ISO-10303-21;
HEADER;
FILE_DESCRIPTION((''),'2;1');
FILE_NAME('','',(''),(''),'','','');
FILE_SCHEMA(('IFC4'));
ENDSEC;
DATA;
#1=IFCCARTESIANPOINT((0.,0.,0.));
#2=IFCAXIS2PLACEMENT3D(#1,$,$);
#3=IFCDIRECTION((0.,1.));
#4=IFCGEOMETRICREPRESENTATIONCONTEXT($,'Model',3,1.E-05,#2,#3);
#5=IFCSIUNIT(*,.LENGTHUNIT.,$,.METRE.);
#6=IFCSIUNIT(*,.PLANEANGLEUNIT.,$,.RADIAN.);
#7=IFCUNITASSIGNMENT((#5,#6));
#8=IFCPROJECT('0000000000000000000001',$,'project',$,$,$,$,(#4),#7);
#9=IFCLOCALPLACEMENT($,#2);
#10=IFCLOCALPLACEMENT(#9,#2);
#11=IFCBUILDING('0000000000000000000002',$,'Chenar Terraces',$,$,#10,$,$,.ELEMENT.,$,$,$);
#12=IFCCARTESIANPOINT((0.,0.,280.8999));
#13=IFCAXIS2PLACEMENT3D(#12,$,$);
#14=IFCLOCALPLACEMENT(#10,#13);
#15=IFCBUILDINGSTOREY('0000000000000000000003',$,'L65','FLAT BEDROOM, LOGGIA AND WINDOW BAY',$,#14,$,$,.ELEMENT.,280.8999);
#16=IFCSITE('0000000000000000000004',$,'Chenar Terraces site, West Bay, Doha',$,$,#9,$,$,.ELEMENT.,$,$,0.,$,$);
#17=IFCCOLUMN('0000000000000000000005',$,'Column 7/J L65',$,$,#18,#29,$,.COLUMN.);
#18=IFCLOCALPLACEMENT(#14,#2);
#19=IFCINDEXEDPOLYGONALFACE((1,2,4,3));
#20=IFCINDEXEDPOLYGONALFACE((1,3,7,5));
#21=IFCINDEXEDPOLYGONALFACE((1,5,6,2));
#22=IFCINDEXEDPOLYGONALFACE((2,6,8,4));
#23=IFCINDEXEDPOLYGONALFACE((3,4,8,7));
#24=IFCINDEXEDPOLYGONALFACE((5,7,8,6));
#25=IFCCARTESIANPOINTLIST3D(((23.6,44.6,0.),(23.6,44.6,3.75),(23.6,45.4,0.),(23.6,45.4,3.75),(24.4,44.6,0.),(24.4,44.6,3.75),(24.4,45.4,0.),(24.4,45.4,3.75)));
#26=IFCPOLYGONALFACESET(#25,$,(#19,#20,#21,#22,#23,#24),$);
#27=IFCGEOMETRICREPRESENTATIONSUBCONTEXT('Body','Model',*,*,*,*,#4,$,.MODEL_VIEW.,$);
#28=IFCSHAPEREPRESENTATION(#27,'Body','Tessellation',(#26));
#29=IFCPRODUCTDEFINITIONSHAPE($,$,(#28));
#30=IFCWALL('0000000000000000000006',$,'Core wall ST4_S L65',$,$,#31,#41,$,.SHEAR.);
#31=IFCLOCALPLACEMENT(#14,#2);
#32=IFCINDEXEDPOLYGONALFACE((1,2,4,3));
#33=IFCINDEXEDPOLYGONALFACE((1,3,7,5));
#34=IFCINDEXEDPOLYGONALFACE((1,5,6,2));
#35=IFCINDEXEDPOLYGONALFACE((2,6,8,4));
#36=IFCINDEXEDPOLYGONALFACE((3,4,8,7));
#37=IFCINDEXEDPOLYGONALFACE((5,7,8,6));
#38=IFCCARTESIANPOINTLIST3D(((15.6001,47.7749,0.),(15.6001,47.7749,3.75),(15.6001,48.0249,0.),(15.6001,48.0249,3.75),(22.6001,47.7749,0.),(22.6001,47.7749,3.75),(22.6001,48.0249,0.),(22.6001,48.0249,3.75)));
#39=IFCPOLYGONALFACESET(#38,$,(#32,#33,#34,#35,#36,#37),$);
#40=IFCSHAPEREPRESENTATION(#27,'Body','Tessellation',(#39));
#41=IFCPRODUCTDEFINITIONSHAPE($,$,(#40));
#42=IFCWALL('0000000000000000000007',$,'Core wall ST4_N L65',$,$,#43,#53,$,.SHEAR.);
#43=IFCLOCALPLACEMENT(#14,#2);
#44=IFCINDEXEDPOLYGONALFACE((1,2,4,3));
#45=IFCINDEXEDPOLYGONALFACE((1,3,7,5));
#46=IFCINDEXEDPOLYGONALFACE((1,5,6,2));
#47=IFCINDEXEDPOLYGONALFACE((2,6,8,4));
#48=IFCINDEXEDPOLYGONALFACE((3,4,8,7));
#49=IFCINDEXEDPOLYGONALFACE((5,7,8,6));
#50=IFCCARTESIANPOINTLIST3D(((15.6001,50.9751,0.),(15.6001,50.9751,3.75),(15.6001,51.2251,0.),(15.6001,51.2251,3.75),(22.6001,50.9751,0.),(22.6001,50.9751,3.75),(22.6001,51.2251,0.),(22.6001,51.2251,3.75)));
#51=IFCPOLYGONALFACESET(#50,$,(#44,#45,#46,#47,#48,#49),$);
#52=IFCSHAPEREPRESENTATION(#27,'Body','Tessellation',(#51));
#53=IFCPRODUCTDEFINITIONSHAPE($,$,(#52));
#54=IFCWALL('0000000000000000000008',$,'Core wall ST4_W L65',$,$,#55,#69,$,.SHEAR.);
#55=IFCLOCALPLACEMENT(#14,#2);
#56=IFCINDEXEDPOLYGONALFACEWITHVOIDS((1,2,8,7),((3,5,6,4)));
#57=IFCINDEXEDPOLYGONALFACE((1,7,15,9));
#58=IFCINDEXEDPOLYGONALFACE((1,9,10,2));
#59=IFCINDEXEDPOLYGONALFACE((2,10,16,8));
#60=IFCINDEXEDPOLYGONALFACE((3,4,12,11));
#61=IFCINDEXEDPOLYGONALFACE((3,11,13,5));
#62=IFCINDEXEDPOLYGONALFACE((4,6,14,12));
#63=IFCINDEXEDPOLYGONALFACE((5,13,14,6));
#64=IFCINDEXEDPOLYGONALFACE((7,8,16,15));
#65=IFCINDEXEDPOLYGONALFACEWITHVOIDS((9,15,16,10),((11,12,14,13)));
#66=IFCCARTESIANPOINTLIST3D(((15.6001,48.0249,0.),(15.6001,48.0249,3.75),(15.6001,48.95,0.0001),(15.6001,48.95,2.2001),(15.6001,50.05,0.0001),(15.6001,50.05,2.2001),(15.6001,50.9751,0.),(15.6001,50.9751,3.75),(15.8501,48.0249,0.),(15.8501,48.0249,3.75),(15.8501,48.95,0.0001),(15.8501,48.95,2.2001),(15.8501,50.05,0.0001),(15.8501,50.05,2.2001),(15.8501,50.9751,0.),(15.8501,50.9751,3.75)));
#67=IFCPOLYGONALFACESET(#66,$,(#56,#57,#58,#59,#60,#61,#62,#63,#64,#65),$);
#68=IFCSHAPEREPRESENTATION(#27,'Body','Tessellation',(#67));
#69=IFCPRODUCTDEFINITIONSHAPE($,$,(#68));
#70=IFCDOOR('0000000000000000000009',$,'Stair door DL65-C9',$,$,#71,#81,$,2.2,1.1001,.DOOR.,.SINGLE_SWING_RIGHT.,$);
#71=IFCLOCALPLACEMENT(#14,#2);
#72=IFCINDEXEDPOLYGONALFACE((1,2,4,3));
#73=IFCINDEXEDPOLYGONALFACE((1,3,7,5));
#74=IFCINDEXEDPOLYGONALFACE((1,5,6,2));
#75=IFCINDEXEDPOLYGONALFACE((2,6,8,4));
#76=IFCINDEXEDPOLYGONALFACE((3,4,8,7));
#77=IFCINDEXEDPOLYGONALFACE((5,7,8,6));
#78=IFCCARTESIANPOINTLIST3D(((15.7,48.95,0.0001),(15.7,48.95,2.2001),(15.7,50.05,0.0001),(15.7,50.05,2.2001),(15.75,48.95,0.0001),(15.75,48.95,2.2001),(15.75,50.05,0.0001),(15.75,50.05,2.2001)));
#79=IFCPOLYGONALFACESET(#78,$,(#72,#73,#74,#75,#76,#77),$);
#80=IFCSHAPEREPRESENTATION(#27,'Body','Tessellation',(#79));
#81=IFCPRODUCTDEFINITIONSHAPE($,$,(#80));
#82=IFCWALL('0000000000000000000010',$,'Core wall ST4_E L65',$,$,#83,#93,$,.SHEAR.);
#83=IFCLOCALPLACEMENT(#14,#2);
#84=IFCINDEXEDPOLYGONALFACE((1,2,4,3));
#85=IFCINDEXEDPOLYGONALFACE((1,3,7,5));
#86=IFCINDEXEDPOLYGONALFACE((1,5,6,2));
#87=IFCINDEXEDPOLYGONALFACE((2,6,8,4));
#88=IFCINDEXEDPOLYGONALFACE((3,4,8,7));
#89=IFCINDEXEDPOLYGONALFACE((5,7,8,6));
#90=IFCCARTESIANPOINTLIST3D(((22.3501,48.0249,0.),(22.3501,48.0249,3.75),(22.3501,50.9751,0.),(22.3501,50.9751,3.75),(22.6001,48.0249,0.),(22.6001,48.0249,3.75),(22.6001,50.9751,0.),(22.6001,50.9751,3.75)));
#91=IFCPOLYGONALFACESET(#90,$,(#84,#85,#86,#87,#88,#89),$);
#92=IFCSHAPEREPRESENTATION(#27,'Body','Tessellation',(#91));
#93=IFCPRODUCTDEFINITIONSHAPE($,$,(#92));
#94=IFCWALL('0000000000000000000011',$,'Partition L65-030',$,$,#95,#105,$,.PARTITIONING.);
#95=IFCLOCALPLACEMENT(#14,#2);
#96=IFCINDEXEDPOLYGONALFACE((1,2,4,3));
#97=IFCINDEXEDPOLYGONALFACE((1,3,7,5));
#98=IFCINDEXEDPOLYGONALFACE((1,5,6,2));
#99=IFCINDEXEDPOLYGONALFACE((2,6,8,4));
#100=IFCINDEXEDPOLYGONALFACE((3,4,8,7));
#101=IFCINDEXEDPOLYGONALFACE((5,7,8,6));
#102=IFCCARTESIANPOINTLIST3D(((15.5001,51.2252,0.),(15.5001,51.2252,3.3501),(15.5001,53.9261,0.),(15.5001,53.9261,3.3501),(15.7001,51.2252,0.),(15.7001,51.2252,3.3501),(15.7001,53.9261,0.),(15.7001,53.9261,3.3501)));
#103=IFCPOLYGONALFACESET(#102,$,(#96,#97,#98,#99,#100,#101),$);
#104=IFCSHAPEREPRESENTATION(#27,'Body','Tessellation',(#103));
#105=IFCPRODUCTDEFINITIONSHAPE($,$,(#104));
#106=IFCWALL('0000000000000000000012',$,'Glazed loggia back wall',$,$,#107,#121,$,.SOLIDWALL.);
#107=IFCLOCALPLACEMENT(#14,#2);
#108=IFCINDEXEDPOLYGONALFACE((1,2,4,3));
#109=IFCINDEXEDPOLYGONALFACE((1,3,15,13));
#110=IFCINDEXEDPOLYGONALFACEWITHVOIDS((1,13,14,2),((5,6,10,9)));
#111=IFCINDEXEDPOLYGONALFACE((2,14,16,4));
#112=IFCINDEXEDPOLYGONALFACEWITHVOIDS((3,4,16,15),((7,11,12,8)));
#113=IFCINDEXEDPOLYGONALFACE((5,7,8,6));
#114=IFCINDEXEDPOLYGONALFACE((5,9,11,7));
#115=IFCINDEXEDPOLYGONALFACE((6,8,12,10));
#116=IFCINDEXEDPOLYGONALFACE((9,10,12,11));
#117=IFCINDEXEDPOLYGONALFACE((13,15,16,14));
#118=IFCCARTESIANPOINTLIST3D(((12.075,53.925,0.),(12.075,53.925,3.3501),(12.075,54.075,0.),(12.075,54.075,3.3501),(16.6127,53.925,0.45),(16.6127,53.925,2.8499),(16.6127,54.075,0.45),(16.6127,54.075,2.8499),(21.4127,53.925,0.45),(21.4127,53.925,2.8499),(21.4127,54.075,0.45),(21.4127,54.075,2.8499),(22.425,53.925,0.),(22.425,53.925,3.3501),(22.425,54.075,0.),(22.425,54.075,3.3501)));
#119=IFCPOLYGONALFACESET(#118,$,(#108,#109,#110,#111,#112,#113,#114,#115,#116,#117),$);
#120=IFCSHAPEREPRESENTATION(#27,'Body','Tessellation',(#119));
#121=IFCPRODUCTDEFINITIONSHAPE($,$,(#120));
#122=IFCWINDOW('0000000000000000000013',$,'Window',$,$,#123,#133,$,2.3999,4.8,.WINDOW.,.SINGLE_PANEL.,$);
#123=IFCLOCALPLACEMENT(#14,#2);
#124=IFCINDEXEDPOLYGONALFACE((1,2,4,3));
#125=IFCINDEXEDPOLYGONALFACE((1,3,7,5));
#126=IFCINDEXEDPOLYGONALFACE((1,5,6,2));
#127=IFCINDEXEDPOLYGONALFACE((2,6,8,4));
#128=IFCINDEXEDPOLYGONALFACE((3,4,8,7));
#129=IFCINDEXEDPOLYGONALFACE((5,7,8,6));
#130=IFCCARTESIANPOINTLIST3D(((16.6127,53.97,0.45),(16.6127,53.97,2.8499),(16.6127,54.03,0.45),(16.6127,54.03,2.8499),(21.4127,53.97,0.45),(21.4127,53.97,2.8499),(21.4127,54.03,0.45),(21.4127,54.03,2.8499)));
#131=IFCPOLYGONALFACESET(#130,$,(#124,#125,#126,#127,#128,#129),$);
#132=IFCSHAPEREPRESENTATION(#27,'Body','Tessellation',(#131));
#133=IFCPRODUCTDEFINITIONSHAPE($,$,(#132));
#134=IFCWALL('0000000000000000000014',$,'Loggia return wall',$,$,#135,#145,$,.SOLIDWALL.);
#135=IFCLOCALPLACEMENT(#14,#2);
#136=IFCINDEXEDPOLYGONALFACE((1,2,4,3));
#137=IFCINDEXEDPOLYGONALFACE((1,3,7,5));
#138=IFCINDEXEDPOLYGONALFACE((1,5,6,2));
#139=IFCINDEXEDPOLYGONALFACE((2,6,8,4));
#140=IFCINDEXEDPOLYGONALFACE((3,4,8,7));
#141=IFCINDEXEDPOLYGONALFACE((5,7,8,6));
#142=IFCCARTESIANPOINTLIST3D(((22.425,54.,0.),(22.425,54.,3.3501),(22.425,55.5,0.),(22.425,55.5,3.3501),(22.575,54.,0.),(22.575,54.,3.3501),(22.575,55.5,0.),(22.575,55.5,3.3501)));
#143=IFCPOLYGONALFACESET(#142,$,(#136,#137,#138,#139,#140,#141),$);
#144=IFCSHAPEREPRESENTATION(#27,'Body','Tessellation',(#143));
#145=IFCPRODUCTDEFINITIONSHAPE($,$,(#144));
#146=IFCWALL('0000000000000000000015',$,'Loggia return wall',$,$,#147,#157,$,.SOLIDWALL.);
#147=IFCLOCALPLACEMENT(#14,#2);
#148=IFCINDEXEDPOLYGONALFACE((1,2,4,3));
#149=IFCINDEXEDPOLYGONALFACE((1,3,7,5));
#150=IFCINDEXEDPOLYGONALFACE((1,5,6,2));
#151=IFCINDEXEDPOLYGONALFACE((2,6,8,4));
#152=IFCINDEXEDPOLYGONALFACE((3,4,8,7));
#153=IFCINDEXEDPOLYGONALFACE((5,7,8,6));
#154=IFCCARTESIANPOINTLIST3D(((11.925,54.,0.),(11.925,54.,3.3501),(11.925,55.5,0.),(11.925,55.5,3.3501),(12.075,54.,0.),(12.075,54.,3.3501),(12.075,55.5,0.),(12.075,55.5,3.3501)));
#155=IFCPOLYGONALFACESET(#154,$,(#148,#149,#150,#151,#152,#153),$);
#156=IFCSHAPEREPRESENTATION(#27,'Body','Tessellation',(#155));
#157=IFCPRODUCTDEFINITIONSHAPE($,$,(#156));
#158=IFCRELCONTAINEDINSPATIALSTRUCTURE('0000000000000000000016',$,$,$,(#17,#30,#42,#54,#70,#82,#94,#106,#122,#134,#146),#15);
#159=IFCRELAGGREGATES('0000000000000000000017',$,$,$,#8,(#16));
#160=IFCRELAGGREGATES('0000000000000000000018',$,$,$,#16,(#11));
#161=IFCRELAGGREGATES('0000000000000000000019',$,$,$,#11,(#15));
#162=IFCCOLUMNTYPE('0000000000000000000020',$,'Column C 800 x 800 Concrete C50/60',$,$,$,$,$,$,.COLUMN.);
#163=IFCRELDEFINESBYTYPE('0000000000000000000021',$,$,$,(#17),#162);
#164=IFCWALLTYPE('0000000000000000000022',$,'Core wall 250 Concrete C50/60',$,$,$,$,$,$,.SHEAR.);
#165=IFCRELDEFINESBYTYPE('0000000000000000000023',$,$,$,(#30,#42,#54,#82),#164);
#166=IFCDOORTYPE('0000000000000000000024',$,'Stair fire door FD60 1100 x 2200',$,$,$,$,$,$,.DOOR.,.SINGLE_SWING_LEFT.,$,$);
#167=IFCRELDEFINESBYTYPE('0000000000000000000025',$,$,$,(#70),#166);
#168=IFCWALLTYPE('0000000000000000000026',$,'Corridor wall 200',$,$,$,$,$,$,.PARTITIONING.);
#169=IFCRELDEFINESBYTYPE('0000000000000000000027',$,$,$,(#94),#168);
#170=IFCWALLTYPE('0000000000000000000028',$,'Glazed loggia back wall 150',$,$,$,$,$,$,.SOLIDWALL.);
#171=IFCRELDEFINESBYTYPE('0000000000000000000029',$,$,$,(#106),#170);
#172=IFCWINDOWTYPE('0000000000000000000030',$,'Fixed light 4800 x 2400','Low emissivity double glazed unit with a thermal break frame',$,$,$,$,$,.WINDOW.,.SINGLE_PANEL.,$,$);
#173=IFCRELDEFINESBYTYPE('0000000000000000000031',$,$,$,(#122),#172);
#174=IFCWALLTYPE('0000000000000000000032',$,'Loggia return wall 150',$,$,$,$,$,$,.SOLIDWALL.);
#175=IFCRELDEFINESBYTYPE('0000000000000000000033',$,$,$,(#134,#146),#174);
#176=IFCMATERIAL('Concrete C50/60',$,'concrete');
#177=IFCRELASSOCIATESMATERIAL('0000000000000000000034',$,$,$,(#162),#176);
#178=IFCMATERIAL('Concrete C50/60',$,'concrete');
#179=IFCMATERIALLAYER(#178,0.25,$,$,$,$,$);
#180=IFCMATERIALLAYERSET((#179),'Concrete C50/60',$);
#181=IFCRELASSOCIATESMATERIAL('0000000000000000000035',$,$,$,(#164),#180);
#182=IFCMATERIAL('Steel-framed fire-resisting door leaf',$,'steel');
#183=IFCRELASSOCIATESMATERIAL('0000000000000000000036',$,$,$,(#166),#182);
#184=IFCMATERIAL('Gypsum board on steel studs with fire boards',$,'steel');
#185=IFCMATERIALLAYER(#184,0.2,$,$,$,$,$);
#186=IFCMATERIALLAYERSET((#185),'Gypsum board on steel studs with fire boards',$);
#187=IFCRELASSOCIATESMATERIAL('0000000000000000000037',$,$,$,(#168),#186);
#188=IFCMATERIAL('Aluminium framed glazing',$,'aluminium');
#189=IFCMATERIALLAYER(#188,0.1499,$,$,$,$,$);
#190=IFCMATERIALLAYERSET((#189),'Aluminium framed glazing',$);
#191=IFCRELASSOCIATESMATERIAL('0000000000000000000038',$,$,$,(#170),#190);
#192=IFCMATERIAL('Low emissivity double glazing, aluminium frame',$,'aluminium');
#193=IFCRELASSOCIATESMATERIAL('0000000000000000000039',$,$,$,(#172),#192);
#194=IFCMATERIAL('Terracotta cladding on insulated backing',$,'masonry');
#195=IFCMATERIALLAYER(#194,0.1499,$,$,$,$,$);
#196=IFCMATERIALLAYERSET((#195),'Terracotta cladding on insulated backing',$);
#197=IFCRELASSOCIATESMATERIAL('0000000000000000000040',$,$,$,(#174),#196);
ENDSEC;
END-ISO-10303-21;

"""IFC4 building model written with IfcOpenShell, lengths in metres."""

from ifc_helpers import new_model, si_unit, direction, frame, frame_2d, origin, origin_2d, place, context, subcontext, project, spatial, rectangle, extrude, material, layer, layer_set, material_profile, profile_set, type_object, element, fill, save


model = new_model("IFC4")

# Units and contexts
model_context = context("Model", 3, precision=1e-05, world=origin(), true_north=direction((0.0, 1.0)))
body_context = subcontext(model_context, "Body", "Model", "MODEL_VIEW")
ifc_project = project(units=[si_unit("LENGTHUNIT", "METRE"), si_unit("PLANEANGLEUNIT", "RADIAN")], contexts=[model_context])

# Site, building, storey
site_placement = place(None, origin())
site = spatial("IfcSite", under=ifc_project, at=site_placement, Name="Chenar Terraces site, West Bay, Doha", CompositionType="ELEMENT", RefElevation=0.0)
building_placement = place(site_placement, origin())
building = spatial("IfcBuilding", under=site, at=building_placement, Name="Chenar Terraces", CompositionType="ELEMENT")
storey_placement = place(building_placement, frame((0.0, 0.0, 280.8999)))
storey = spatial("IfcBuildingStorey", under=building, at=storey_placement, Name="L65", Description="FLAT BEDROOM, LOGGIA AND WINDOW BAY", CompositionType="ELEMENT", Elevation=280.8999)

# Column
ifc_material_1 = material(Name="Concrete C50/60", Category="concrete")
ifc_material_profile_1 = material_profile(ifc_material_1, rectangle(XDim=0.8, YDim=0.8, at=origin_2d()), Name="C 800 x 800")
ifc_profile_set_1 = profile_set([ifc_material_profile_1], Name="Concrete C50/60")
column_type = type_object("IfcColumnType", Name="Column C 800 x 800 Concrete C50/60", PredefinedType="COLUMN", material=ifc_profile_set_1)
column_placement = place(storey_placement, frame((24.0, 45.0, 0.0), z_axis=(0.0, 0.0, 1.0), x_axis=(1.0, 0.0, 0.0)))
element("IfcColumn", 1, at=column_placement, inside=storey, type_object=column_type, Name="Column 7/J L65", PredefinedType="COLUMN", context=body_context, shape_type="SweptSolid", body=[
    extrude(rectangle(XDim=0.8, YDim=0.8, at=origin_2d()), origin(), (0.0, 0.0, 1.0), 3.75),
])

# Walls
ifc_material_2 = material(Name="Concrete C50/60", Category="concrete")
ifc_layer_1 = layer(ifc_material_2, 0.25)
ifc_layer_set_1 = layer_set([ifc_layer_1], Name="Concrete C50/60")
wall_type_1 = type_object("IfcWallType", Name="Core wall 250 Concrete C50/60", PredefinedType="SHEAR", material=ifc_layer_set_1)
for number, where, z_axis, x_axis, name in (
    (2, (15.6001, 47.8999, 0.0), (0.0, 0.0, 1.0), (1.0, 0.0, 0.0), "Core wall ST4_S L65"),
    (3, (15.6001, 51.1001, 0.0), (0.0, 0.0, 1.0), (1.0, 0.0, 0.0), "Core wall ST4_N L65"),
):
    element("IfcWall", number, at=place(storey_placement, frame(where, z_axis=z_axis, x_axis=x_axis)), inside=storey, type_object=wall_type_1, Name=name, PredefinedType="SHEAR", context=body_context, shape_type="SweptSolid", body=[
        extrude(rectangle(XDim=7.0, YDim=0.25, at=frame_2d((3.5, 0.0))), origin(), (0.0, 0.0, 1.0), 3.75),
    ])

# Wall, opening, door
wall_1_placement = place(storey_placement, frame((15.7251, 48.0249, 0.0), z_axis=(0.0, 0.0, 1.0), x_axis=(0.0, 1.0, 0.0)))
wall_1 = element("IfcWall", 4, at=wall_1_placement, inside=storey, type_object=wall_type_1, Name="Core wall ST4_W L65", PredefinedType="SHEAR", context=body_context, shape_type="SweptSolid", body=[
    extrude(rectangle(XDim=2.9502, YDim=0.25, at=frame_2d((1.4751, 0.0))), origin(), (0.0, 0.0, 1.0), 3.75),
])
opening_1_placement = place(wall_1_placement, frame((0.925, 0.0, 0.0)))
opening_1 = element("IfcOpeningElement", 5, at=opening_1_placement, cuts=wall_1, PredefinedType="OPENING", context=body_context, shape_type="SweptSolid", body=[
    extrude(rectangle(XDim=1.1001, YDim=2.2, at=frame_2d((0.55, 1.1001))), frame((0.0, 0.135, 0.0), z_axis=(0.0, -1.0, 0.0), x_axis=(1.0, 0.0, 0.0)), (0.0, 0.0, 1.0), 0.27),
])
ifc_material_3 = material(Name="Steel-framed fire-resisting door leaf", Category="steel")
door_type = type_object("IfcDoorType", Name="Stair fire door FD60 1100 x 2200", OperationType="SINGLE_SWING_LEFT", PredefinedType="DOOR", material=ifc_material_3)
door_placement = place(opening_1_placement, frame((1.1001, 0.0, 0.0), z_axis=(0.0, 0.0, 1.0), x_axis=(-1.0, 0.0, 0.0)))
door = element("IfcDoor", 6, at=door_placement, inside=storey, type_object=door_type, Name="Stair door DL65-C9", OperationType="SINGLE_SWING_RIGHT", OverallHeight=2.2, OverallWidth=1.1001, PredefinedType="DOOR", context=body_context, shape_type="SweptSolid", body=[
    extrude(rectangle(XDim=1.1001, YDim=2.2, at=frame_2d((0.55, 1.1001))), frame((0.0, 0.0249, 0.0), z_axis=(0.0, -1.0, 0.0), x_axis=(1.0, 0.0, 0.0)), (0.0, 0.0, 1.0), 0.05),
])
fill(opening_1, door)

# Walls
wall_2_placement = place(storey_placement, frame((22.4751, 48.0249, 0.0), z_axis=(0.0, 0.0, 1.0), x_axis=(0.0, 1.0, 0.0)))
element("IfcWall", 7, at=wall_2_placement, inside=storey, type_object=wall_type_1, Name="Core wall ST4_E L65", PredefinedType="SHEAR", context=body_context, shape_type="SweptSolid", body=[
    extrude(rectangle(XDim=2.9502, YDim=0.25, at=frame_2d((1.4751, 0.0))), origin(), (0.0, 0.0, 1.0), 3.75),
])
ifc_material_4 = material(Name="Gypsum board on steel studs with fire boards", Category="steel")
ifc_layer_2 = layer(ifc_material_4, 0.2)
ifc_layer_set_2 = layer_set([ifc_layer_2], Name="Gypsum board on steel studs with fire boards")
wall_type_2 = type_object("IfcWallType", Name="Corridor wall 200", PredefinedType="PARTITIONING", material=ifc_layer_set_2)
wall_3_placement = place(storey_placement, frame((15.6001, 51.2251, 0.0), z_axis=(0.0, 0.0, 1.0), x_axis=(0.0, 1.0, 0.0)))
element("IfcWall", 8, at=wall_3_placement, inside=storey, type_object=wall_type_2, Name="Partition L65-030", PredefinedType="PARTITIONING", context=body_context, shape_type="SweptSolid", body=[
    extrude(rectangle(XDim=2.7009, YDim=0.2, at=frame_2d((1.3506, 0.0))), origin(), (0.0, 0.0, 1.0), 3.3501),
])

# Wall, opening, window
ifc_material_5 = material(Name="Aluminium framed glazing", Category="aluminium")
ifc_layer_3 = layer(ifc_material_5, 0.1499)
ifc_layer_set_3 = layer_set([ifc_layer_3], Name="Aluminium framed glazing")
wall_type_3 = type_object("IfcWallType", Name="Glazed loggia back wall 150", PredefinedType="SOLIDWALL", material=ifc_layer_set_3)
wall_4_placement = place(storey_placement, frame((22.425, 54.0, 0.0), z_axis=(0.0, 0.0, 1.0), x_axis=(-1.0, 0.0, 0.0)))
wall_4 = element("IfcWall", 9, at=wall_4_placement, inside=storey, type_object=wall_type_3, Name="Glazed loggia back wall", PredefinedType="SOLIDWALL", context=body_context, shape_type="SweptSolid", body=[
    extrude(rectangle(XDim=10.3501, YDim=0.1499, at=frame_2d((5.175, 0.0))), origin(), (0.0, 0.0, 1.0), 3.3501),
])
opening_2_placement = place(wall_4_placement, frame((1.0125, 0.0, 0.45)))
opening_2 = element("IfcOpeningElement", 10, at=opening_2_placement, cuts=wall_4, PredefinedType="OPENING", context=body_context, shape_type="SweptSolid", body=[
    extrude(rectangle(XDim=4.8, YDim=2.3999, at=frame_2d((2.3999, 1.2))), frame((0.0, 0.085, 0.0), z_axis=(0.0, -1.0, 0.0), x_axis=(1.0, 0.0, 0.0)), (0.0, 0.0, 1.0), 0.1699),
])
ifc_material_6 = material(Name="Low emissivity double glazing, aluminium frame", Category="aluminium")
window_type = type_object("IfcWindowType", Name="Fixed light 4800 x 2400", Description="Low emissivity double glazed unit with a thermal break frame", PartitioningType="SINGLE_PANEL", PredefinedType="WINDOW", material=ifc_material_6)
window_placement = place(opening_2_placement, origin())
window = element("IfcWindow", 11, at=window_placement, inside=storey, type_object=window_type, Name="Window", OverallHeight=2.3999, OverallWidth=4.8, PartitioningType="SINGLE_PANEL", PredefinedType="WINDOW", context=body_context, shape_type="SweptSolid", body=[
    extrude(rectangle(XDim=4.8, YDim=2.3999, at=frame_2d((2.3999, 1.2))), frame((0.0, 0.03, 0.0), z_axis=(0.0, -1.0, 0.0), x_axis=(1.0, 0.0, 0.0)), (0.0, 0.0, 1.0), 0.0601),
])
fill(opening_2, window)

# Walls
ifc_material_7 = material(Name="Terracotta cladding on insulated backing", Category="masonry")
ifc_layer_4 = layer(ifc_material_7, 0.1499)
ifc_layer_set_4 = layer_set([ifc_layer_4], Name="Terracotta cladding on insulated backing")
wall_type_4 = type_object("IfcWallType", Name="Loggia return wall 150", PredefinedType="SOLIDWALL", material=ifc_layer_set_4)
for number, where, z_axis, x_axis, name in (
    (12, (22.5, 55.5, 0.0), (0.0, 0.0, 1.0), (0.0, -1.0, 0.0), "Loggia return wall"),
    (13, (12.0, 55.5, 0.0), (0.0, 0.0, 1.0), (0.0, -1.0, 0.0), "Loggia return wall"),
):
    element("IfcWall", number, at=place(storey_placement, frame(where, z_axis=z_axis, x_axis=x_axis)), inside=storey, type_object=wall_type_4, Name=name, PredefinedType="SOLIDWALL", context=body_context, shape_type="SweptSolid", body=[
        extrude(rectangle(XDim=1.5, YDim=0.1499, at=frame_2d((0.75, 0.0))), origin(), (0.0, 0.0, 1.0), 3.3501),
    ])

save(model, "model.ifc")
